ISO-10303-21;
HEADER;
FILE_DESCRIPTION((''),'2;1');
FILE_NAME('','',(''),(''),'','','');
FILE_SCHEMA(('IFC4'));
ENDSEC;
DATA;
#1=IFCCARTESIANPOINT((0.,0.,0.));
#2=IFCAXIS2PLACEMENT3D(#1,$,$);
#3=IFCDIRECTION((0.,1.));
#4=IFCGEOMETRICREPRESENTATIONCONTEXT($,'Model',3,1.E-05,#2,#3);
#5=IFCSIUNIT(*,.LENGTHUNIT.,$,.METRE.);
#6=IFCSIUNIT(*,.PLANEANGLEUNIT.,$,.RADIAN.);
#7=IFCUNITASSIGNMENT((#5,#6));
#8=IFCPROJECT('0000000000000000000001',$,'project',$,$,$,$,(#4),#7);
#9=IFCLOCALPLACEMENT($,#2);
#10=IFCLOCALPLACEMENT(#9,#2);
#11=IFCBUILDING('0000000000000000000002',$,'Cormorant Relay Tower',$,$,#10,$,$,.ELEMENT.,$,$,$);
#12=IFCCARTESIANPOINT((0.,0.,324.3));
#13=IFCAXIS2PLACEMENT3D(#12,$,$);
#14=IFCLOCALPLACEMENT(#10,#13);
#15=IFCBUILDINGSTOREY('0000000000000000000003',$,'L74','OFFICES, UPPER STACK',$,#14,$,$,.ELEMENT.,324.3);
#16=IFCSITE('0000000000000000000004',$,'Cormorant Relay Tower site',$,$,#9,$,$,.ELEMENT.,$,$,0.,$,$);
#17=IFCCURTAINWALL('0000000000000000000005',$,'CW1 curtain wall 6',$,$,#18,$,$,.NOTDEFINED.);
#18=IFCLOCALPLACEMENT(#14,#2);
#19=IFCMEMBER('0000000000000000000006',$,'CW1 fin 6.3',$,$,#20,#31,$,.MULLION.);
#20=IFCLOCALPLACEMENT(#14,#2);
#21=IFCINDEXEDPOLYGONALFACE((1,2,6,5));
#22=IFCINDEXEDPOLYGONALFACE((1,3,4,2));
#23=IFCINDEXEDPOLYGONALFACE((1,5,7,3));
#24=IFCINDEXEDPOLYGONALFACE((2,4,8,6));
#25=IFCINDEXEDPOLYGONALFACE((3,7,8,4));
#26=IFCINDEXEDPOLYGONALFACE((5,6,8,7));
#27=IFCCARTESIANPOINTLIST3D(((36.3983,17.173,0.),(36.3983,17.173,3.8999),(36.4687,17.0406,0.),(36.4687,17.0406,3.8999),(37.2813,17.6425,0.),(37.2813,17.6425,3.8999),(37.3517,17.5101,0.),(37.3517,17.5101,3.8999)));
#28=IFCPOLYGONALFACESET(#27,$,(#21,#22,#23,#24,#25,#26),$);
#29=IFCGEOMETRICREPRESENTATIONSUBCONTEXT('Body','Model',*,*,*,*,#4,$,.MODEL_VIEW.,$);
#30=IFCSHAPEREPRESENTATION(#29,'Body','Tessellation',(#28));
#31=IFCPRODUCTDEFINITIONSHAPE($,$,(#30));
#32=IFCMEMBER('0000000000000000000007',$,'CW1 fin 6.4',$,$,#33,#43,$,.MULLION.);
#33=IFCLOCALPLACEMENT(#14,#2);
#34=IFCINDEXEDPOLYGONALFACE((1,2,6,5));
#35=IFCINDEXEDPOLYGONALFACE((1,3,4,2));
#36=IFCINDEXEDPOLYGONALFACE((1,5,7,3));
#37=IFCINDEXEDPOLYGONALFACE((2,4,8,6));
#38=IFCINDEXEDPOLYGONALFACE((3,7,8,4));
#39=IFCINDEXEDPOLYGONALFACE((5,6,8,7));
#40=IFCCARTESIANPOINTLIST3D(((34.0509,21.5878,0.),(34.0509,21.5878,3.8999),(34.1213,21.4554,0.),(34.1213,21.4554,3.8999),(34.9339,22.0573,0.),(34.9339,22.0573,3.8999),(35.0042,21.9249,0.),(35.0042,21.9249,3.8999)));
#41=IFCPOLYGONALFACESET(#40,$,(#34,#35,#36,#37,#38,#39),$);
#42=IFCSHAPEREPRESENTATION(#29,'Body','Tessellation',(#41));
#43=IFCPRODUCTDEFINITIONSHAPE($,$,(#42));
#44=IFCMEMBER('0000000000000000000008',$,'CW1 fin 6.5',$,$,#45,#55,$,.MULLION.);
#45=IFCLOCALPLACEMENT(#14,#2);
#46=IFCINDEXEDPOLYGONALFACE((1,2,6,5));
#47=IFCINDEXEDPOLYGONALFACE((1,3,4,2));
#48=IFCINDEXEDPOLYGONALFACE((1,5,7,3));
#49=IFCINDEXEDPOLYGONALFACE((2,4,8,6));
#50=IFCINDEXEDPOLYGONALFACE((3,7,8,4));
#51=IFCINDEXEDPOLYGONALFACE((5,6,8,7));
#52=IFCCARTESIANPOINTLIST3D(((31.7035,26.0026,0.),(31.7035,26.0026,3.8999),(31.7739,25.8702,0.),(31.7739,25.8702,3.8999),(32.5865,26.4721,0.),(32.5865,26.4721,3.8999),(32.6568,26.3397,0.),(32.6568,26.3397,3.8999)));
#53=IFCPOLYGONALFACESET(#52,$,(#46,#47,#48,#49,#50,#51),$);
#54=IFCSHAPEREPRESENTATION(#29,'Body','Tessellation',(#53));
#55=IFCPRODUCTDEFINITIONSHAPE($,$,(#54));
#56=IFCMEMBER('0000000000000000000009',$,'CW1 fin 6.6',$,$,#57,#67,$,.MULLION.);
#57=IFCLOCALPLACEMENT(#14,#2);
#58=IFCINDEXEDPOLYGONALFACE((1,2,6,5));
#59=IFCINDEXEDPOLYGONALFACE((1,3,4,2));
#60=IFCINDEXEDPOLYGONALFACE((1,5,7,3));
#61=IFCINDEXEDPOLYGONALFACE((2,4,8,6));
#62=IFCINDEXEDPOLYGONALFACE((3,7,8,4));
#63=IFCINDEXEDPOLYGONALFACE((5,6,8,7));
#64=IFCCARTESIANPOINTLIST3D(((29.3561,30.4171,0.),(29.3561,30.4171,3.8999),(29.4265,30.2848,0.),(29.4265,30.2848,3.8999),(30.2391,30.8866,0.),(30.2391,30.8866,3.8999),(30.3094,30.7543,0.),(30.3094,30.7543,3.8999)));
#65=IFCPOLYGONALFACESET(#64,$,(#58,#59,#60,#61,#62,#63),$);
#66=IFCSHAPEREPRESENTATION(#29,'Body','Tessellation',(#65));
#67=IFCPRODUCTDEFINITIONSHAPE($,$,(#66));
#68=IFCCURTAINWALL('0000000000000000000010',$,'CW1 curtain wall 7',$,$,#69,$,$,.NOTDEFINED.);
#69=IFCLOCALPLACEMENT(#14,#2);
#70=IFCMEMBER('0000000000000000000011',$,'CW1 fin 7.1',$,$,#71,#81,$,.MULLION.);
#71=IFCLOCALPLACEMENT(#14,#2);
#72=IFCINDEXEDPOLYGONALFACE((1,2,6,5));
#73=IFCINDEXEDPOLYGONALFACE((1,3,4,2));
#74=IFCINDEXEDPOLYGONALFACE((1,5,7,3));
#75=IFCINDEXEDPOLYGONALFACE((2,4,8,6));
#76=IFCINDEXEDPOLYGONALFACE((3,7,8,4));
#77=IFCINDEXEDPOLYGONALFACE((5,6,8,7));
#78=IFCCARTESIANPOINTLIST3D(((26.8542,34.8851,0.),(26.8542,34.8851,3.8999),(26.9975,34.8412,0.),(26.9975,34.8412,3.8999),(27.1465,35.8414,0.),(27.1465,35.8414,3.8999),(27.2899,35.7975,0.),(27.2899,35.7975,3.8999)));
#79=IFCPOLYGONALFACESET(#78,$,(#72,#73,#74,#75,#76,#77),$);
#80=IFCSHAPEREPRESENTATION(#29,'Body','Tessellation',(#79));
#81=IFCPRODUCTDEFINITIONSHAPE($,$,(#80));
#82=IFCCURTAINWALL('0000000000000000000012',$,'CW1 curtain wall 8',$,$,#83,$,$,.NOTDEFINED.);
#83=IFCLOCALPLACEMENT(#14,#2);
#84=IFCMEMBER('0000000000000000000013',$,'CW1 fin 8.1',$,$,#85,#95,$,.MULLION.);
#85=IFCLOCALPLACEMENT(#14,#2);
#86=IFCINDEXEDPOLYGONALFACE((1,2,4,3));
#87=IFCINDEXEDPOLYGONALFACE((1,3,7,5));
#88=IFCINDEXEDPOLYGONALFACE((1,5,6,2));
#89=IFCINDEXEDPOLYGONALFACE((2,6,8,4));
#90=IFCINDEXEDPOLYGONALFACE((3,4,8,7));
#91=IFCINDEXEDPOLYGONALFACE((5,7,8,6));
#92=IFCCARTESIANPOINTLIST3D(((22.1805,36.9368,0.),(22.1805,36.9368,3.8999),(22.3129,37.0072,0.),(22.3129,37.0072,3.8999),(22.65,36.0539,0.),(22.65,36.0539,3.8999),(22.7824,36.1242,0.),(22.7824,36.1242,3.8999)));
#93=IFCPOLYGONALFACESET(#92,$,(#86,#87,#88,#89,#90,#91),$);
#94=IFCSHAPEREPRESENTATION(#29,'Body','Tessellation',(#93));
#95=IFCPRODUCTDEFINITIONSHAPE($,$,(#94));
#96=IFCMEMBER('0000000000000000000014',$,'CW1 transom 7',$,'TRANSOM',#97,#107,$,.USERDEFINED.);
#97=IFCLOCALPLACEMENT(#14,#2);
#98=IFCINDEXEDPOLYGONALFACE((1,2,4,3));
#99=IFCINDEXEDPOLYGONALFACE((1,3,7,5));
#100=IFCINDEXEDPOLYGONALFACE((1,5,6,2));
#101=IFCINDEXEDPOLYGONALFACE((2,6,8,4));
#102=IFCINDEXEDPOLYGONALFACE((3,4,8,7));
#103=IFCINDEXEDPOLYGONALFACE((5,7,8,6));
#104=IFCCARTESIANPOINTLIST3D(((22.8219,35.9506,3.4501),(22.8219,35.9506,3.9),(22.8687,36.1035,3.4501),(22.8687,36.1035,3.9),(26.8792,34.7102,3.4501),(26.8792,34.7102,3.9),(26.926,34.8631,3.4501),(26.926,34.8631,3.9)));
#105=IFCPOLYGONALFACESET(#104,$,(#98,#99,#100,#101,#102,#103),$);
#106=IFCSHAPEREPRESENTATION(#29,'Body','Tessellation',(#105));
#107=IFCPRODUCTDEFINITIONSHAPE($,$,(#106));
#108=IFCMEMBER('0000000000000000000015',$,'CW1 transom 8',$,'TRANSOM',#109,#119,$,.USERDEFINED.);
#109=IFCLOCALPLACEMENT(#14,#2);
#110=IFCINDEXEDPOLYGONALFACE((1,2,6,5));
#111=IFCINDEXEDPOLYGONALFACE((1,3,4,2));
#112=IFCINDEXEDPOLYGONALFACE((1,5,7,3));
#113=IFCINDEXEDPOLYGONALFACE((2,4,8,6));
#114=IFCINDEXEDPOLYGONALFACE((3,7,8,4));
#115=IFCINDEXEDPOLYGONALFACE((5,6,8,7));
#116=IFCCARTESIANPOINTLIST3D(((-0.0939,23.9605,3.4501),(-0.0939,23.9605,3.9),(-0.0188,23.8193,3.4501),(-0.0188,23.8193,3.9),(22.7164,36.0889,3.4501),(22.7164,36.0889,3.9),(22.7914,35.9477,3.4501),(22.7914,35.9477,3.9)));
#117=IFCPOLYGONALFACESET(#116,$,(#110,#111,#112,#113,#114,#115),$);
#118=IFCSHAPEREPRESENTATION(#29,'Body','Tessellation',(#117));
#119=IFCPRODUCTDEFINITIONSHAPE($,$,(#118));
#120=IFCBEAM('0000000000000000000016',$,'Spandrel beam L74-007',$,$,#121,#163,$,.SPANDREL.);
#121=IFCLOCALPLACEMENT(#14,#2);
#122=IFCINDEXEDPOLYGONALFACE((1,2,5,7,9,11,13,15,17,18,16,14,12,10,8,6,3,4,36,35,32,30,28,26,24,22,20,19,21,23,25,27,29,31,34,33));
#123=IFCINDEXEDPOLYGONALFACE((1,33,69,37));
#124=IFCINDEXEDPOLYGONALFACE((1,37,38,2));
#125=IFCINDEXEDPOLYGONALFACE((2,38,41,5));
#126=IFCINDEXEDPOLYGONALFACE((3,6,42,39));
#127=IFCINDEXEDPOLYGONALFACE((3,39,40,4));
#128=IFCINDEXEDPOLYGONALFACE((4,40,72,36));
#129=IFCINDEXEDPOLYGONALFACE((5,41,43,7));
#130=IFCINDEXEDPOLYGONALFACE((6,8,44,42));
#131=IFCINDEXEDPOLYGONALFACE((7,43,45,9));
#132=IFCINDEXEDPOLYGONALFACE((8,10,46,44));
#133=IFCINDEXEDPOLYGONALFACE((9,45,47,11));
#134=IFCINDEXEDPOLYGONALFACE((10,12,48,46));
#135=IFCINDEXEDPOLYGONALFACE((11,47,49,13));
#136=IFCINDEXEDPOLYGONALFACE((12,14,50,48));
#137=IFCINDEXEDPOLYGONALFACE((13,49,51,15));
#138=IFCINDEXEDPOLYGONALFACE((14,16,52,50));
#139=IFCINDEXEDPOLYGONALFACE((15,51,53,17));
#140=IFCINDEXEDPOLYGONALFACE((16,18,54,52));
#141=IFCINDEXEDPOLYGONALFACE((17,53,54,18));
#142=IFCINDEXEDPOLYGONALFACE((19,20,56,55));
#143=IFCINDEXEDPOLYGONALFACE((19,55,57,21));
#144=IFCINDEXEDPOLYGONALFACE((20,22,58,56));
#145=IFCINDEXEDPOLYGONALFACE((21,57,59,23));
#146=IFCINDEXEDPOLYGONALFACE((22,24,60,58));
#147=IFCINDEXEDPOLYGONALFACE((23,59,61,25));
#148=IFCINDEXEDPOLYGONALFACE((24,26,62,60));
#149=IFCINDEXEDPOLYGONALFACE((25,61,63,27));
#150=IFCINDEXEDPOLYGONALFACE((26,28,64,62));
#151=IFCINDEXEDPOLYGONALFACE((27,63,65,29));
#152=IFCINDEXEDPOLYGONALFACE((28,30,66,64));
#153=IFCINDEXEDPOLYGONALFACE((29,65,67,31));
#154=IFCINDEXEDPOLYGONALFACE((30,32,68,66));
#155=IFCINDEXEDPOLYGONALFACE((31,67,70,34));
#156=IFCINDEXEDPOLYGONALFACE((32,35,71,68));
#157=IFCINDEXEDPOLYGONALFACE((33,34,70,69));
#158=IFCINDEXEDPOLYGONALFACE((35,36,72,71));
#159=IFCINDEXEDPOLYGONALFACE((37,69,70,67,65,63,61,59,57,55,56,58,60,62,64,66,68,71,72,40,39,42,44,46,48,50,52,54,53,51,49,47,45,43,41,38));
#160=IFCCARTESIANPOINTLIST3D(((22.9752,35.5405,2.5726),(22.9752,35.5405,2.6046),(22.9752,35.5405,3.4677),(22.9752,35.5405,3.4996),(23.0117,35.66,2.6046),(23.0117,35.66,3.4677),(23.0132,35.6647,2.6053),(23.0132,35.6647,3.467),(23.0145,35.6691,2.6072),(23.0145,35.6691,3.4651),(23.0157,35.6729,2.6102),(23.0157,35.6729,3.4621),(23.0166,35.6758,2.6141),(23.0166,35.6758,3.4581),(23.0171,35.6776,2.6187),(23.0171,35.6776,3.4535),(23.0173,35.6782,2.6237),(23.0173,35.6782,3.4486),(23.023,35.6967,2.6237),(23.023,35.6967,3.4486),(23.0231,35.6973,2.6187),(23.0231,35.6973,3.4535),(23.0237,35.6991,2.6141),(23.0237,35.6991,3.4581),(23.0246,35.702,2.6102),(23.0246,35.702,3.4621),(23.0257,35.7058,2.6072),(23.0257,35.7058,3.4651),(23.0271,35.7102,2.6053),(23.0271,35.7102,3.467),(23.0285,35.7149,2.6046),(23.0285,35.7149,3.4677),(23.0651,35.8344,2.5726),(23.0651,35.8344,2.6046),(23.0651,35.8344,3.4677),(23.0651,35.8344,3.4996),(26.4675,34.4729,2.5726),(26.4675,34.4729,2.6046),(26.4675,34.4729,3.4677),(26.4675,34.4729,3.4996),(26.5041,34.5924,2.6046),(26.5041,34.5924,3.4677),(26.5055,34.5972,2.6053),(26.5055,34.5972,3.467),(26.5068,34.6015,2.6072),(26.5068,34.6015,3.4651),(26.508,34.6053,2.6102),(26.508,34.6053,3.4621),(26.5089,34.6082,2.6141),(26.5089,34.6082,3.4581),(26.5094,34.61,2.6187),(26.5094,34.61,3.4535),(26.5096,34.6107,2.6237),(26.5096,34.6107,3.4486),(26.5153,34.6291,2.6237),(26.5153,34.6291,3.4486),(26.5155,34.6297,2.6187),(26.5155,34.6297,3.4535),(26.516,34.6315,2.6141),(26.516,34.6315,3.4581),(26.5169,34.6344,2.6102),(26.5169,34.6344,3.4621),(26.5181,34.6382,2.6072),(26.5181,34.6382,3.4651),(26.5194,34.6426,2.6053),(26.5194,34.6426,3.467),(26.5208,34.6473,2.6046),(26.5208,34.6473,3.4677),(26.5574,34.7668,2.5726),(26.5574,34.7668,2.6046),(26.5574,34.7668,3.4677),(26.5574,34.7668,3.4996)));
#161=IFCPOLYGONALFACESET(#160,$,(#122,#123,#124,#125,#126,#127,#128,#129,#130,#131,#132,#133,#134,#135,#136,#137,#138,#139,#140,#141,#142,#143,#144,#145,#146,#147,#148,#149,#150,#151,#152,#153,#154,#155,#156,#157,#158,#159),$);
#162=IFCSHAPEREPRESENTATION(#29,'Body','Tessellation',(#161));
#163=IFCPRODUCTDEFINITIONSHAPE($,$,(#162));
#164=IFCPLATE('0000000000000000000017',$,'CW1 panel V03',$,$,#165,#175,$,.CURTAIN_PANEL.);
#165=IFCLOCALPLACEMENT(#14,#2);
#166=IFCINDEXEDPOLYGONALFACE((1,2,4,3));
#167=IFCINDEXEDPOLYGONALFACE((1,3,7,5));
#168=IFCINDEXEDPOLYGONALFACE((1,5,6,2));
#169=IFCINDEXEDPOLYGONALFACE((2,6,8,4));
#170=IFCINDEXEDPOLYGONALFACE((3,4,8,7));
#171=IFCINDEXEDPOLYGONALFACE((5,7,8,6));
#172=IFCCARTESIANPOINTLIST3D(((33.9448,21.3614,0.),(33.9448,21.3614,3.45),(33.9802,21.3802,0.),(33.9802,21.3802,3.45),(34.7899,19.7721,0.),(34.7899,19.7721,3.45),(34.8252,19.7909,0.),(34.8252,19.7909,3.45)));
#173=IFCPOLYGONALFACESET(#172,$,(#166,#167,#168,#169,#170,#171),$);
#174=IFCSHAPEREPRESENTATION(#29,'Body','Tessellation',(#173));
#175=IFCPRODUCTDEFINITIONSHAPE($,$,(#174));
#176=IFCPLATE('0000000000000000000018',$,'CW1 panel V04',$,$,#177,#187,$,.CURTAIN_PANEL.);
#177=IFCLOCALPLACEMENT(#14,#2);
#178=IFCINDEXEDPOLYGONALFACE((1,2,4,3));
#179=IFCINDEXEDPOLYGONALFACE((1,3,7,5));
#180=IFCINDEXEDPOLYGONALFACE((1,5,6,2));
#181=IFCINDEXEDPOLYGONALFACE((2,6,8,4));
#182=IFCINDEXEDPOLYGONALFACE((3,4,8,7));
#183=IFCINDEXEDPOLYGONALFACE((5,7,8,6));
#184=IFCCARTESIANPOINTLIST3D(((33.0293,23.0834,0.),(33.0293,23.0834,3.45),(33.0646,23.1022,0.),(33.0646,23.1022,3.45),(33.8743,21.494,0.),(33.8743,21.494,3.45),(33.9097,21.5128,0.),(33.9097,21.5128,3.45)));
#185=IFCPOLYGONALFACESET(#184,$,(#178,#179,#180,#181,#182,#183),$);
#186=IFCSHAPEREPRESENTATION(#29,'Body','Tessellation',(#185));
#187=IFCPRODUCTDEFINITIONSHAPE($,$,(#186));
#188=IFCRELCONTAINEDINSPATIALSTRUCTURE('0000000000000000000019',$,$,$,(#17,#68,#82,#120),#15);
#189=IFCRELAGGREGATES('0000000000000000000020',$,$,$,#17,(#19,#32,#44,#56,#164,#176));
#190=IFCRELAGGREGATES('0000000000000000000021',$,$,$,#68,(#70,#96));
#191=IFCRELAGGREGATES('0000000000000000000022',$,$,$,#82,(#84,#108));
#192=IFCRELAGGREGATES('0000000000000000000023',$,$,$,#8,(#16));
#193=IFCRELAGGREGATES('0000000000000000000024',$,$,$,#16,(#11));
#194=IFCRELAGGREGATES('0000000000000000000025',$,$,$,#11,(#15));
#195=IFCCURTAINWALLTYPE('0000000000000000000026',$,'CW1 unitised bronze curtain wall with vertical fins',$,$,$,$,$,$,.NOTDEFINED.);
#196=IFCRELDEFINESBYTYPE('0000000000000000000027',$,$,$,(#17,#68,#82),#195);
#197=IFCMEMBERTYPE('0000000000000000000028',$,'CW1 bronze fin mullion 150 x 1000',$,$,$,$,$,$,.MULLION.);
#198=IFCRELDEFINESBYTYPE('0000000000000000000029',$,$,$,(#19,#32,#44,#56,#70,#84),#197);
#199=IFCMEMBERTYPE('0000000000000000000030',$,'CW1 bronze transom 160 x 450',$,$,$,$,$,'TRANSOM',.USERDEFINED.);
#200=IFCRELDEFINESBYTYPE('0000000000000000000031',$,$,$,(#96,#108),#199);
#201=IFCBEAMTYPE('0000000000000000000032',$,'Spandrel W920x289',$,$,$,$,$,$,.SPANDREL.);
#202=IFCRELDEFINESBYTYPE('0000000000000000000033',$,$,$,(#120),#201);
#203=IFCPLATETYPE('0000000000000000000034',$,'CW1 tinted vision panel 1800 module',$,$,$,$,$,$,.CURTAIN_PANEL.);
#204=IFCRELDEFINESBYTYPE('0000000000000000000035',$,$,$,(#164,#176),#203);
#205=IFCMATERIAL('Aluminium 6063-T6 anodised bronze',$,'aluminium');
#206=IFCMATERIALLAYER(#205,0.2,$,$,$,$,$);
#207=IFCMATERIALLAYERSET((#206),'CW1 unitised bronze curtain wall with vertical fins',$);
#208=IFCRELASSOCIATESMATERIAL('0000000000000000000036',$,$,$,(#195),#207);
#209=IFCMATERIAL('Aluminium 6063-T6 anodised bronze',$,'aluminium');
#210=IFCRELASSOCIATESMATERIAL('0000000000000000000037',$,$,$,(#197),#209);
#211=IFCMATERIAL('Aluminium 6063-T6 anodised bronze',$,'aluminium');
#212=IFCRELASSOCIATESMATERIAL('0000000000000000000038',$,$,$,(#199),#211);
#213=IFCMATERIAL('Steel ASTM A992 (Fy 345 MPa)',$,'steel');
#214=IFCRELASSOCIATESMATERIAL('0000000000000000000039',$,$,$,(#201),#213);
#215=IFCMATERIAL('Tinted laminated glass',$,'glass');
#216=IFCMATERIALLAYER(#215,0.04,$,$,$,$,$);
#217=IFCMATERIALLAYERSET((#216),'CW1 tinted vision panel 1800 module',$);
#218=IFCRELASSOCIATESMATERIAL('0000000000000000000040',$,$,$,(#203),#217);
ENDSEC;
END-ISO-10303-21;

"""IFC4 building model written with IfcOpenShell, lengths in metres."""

from ifc_helpers import new_model, si_unit, direction, frame, origin, origin_2d, place, context, subcontext, project, spatial, rectangle, i_section, extrude, material, layer, layer_set, material_profile, profile_set, type_object, element, aggregate, save


model = new_model("IFC4")

# Units and contexts
model_context = context("Model", 3, precision=1e-05, world=origin(), true_north=direction((0.0, 1.0)))
body_context = subcontext(model_context, "Body", "Model", "MODEL_VIEW")
ifc_project = project(units=[si_unit("LENGTHUNIT", "METRE"), si_unit("PLANEANGLEUNIT", "RADIAN")], contexts=[model_context])

# Site, building, storey
site_placement = place(None, origin())
site = spatial("IfcSite", under=ifc_project, at=site_placement, Name="Cormorant Relay Tower site", CompositionType="ELEMENT", RefElevation=0.0)
building_placement = place(site_placement, origin())
building = spatial("IfcBuilding", under=site, at=building_placement, Name="Cormorant Relay Tower", CompositionType="ELEMENT")
storey_placement = place(building_placement, frame((0.0, 0.0, 324.3)))
storey = spatial("IfcBuildingStorey", under=building, at=storey_placement, Name="L74", Description="OFFICES, UPPER STACK", CompositionType="ELEMENT", Elevation=324.3)

# Curtain wall, members
ifc_material_1 = material(Name="Aluminium 6063-T6 anodised bronze", Category="aluminium")
ifc_layer_1 = layer(ifc_material_1, 0.2)
ifc_layer_set_1 = layer_set([ifc_layer_1], Name="CW1 unitised bronze curtain wall with vertical fins")
curtain_wall_type = type_object("IfcCurtainWallType", Name="CW1 unitised bronze curtain wall with vertical fins", PredefinedType="NOTDEFINED", material=ifc_layer_set_1)
curtain_wall_1_placement = place(storey_placement, origin())
curtain_wall_1 = element("IfcCurtainWall", 1, at=curtain_wall_1_placement, inside=storey, type_object=curtain_wall_type, Name="CW1 curtain wall 6", PredefinedType="NOTDEFINED")
ifc_material_2 = material(Name="Aluminium 6063-T6 anodised bronze", Category="aluminium")
ifc_material_profile_1 = material_profile(ifc_material_2, rectangle(XDim=0.1499, YDim=1.0, at=origin_2d()), Name="AL 150x1000")
ifc_profile_set_1 = profile_set([ifc_material_profile_1], Name="Aluminium 6063-T6 anodised bronze")
member_type_1 = type_object("IfcMemberType", Name="CW1 bronze fin mullion 150 x 1000", PredefinedType="MULLION", material=ifc_profile_set_1)
member_1_placement = place(storey_placement, frame((36.875, 17.3416, 0.0), z_axis=(0.0, 0.0, 1.0), x_axis=(-0.469472, 0.882948, 0.0)))
member_1 = element("IfcMember", 2, at=member_1_placement, type_object=member_type_1, Name="CW1 fin 6.3", PredefinedType="MULLION", context=body_context, shape_type="SweptSolid", body=[
    extrude(rectangle(XDim=0.1499, YDim=1.0, at=origin_2d()), origin(), (0.0, 0.0, 1.0), 3.8999),
])
member_2_placement = place(storey_placement, frame((34.5276, 21.7563, 0.0), z_axis=(0.0, 0.0, 1.0), x_axis=(-0.469472, 0.882948, 0.0)))
member_2 = element("IfcMember", 3, at=member_2_placement, type_object=member_type_1, Name="CW1 fin 6.4", PredefinedType="MULLION", context=body_context, shape_type="SweptSolid", body=[
    extrude(rectangle(XDim=0.1499, YDim=1.0, at=origin_2d()), origin(), (0.0, 0.0, 1.0), 3.8999),
])
member_3_placement = place(storey_placement, frame((32.1802, 26.1711, 0.0), z_axis=(0.0, 0.0, 1.0), x_axis=(-0.469472, 0.882948, 0.0)))
member_3 = element("IfcMember", 4, at=member_3_placement, type_object=member_type_1, Name="CW1 fin 6.5", PredefinedType="MULLION", context=body_context, shape_type="SweptSolid", body=[
    extrude(rectangle(XDim=0.1499, YDim=1.0, at=origin_2d()), origin(), (0.0, 0.0, 1.0), 3.8999),
])
member_4_placement = place(storey_placement, frame((29.8328, 30.5857, 0.0), z_axis=(0.0, 0.0, 1.0), x_axis=(-0.469472, 0.882948, 0.0)))
member_4 = element("IfcMember", 5, at=member_4_placement, type_object=member_type_1, Name="CW1 fin 6.6", PredefinedType="MULLION", context=body_context, shape_type="SweptSolid", body=[
    extrude(rectangle(XDim=0.1499, YDim=1.0, at=origin_2d()), origin(), (0.0, 0.0, 1.0), 3.8999),
])

# Curtain walls, members
curtain_wall_2_placement = place(storey_placement, origin())
curtain_wall_2 = element("IfcCurtainWall", 6, at=curtain_wall_2_placement, inside=storey, type_object=curtain_wall_type, Name="CW1 curtain wall 7", PredefinedType="NOTDEFINED")
member_5_placement = place(storey_placement, frame((27.072, 35.3413, 0.0), z_axis=(0.0, 0.0, 1.0), x_axis=(-0.956305, 0.292372, 0.0)))
member_5 = element("IfcMember", 7, at=member_5_placement, type_object=member_type_1, Name="CW1 fin 7.1", PredefinedType="MULLION", context=body_context, shape_type="SweptSolid", body=[
    extrude(rectangle(XDim=0.1499, YDim=1.0, at=origin_2d()), origin(), (0.0, 0.0, 1.0), 3.8999),
])
curtain_wall_3_placement = place(storey_placement, origin())
curtain_wall_3 = element("IfcCurtainWall", 8, at=curtain_wall_3_placement, inside=storey, type_object=curtain_wall_type, Name="CW1 curtain wall 8", PredefinedType="NOTDEFINED")
member_6_placement = place(storey_placement, frame((22.4814, 36.5305, 0.0), z_axis=(0.0, 0.0, 1.0), x_axis=(-0.882948, -0.469472, 0.0)))
member_6 = element("IfcMember", 9, at=member_6_placement, type_object=member_type_1, Name="CW1 fin 8.1", PredefinedType="MULLION", context=body_context, shape_type="SweptSolid", body=[
    extrude(rectangle(XDim=0.1499, YDim=1.0, at=origin_2d()), origin(), (0.0, 0.0, 1.0), 3.8999),
])

# Members
ifc_material_3 = material(Name="Aluminium 6063-T6 anodised bronze", Category="aluminium")
ifc_material_profile_2 = material_profile(ifc_material_3, rectangle(XDim=0.1599, YDim=0.45, at=origin_2d()), Name="AL 160x450")
ifc_profile_set_2 = profile_set([ifc_material_profile_2], Name="Aluminium 6063-T6 anodised bronze")
member_type_2 = type_object("IfcMemberType", Name="CW1 bronze transom 160 x 450", ElementType="TRANSOM", PredefinedType="USERDEFINED", material=ifc_profile_set_2)
member_7_placement = place(storey_placement, frame((26.9026, 34.7866, 3.675), z_axis=(-0.956304, 0.292375, 0.0), x_axis=(-0.292375, -0.956304, 0.0)))
member_7 = element("IfcMember", 10, at=member_7_placement, type_object=member_type_2, Name="CW1 transom 7", ObjectType="TRANSOM", PredefinedType="USERDEFINED", context=body_context, shape_type="SweptSolid", body=[
    extrude(rectangle(XDim=0.1599, YDim=0.45, at=origin_2d()), origin(), (0.0, 0.0, 1.0), 4.2427),
])
member_8_placement = place(storey_placement, frame((22.7539, 36.0183, 3.675), z_axis=(-0.882948, -0.469471, 0.0), x_axis=(0.469471, -0.882948, 0.0)))
member_8 = element("IfcMember", 11, at=member_8_placement, type_object=member_type_2, Name="CW1 transom 8", ObjectType="TRANSOM", PredefinedType="USERDEFINED", context=body_context, shape_type="SweptSolid", body=[
    extrude(rectangle(XDim=0.1599, YDim=0.45, at=origin_2d()), origin(), (0.0, 0.0, 1.0), 25.8342),
])

# Beam
ifc_material_4 = material(Name="Steel ASTM A992 (Fy 345 MPa)", Category="steel")
ifc_material_profile_3 = material_profile(ifc_material_4, i_section(OverallWidth=0.3074, OverallDepth=0.927, WebThickness=0.0193, FlangeThickness=0.032, FilletRadius=0.019, at=origin_2d()), Name="W920x289")
ifc_profile_set_3 = profile_set([ifc_material_profile_3], Name="Steel ASTM A992 (Fy 345 MPa)")
beam_type = type_object("IfcBeamType", Name="Spandrel W920x289", PredefinedType="SPANDREL", material=ifc_profile_set_3)
beam_placement = place(storey_placement, frame((26.5125, 34.6199, 3.0361), z_axis=(-0.956314, 0.292343, 0.0), x_axis=(-0.292343, -0.956314, 0.0)))
element("IfcBeam", 12, at=beam_placement, inside=storey, type_object=beam_type, Name="Spandrel beam L74-007", PredefinedType="SPANDREL", context=body_context, shape_type="SweptSolid", body=[
    extrude(i_section(OverallWidth=0.3074, OverallDepth=0.927, WebThickness=0.0193, FlangeThickness=0.032, FilletRadius=0.019, at=origin_2d()), origin(), (0.0, 0.0, 1.0), 3.6519),
])

# Plates
ifc_material_5 = material(Name="Tinted laminated glass", Category="glass")
ifc_layer_2 = layer(ifc_material_5, 0.04)
ifc_layer_set_2 = layer_set([ifc_layer_2], Name="CW1 tinted vision panel 1800 module")
plate_type_1 = type_object("IfcPlateType", Name="CW1 tinted vision panel 1800 module", PredefinedType="CURTAIN_PANEL", material=ifc_layer_set_2)
plate_1_placement = place(storey_placement, frame((34.385, 20.5762, 0.0), z_axis=(0.0, 0.0, 1.0), x_axis=(-0.469472, 0.882948, 0.0)))
plate_1 = element("IfcPlate", 13, at=plate_1_placement, type_object=plate_type_1, Name="CW1 panel V03", PredefinedType="CURTAIN_PANEL", context=body_context, shape_type="SweptSolid", body=[
    extrude(rectangle(XDim=1.8, YDim=0.04, at=origin_2d()), origin(), (0.0, 0.0, 1.0), 3.45),
])
plate_2_placement = place(storey_placement, frame((33.4695, 22.2981, 0.0), z_axis=(0.0, 0.0, 1.0), x_axis=(-0.469472, 0.882948, 0.0)))
plate_2 = element("IfcPlate", 14, at=plate_2_placement, type_object=plate_type_1, Name="CW1 panel V04", PredefinedType="CURTAIN_PANEL", context=body_context, shape_type="SweptSolid", body=[
    extrude(rectangle(XDim=1.8, YDim=0.04, at=origin_2d()), origin(), (0.0, 0.0, 1.0), 3.45),
])

aggregate(curtain_wall_1, [member_1, member_2, member_3, member_4, plate_1, plate_2])
aggregate(curtain_wall_2, [member_5, member_7])
aggregate(curtain_wall_3, [member_6, member_8])

save(model, "model.ifc")
